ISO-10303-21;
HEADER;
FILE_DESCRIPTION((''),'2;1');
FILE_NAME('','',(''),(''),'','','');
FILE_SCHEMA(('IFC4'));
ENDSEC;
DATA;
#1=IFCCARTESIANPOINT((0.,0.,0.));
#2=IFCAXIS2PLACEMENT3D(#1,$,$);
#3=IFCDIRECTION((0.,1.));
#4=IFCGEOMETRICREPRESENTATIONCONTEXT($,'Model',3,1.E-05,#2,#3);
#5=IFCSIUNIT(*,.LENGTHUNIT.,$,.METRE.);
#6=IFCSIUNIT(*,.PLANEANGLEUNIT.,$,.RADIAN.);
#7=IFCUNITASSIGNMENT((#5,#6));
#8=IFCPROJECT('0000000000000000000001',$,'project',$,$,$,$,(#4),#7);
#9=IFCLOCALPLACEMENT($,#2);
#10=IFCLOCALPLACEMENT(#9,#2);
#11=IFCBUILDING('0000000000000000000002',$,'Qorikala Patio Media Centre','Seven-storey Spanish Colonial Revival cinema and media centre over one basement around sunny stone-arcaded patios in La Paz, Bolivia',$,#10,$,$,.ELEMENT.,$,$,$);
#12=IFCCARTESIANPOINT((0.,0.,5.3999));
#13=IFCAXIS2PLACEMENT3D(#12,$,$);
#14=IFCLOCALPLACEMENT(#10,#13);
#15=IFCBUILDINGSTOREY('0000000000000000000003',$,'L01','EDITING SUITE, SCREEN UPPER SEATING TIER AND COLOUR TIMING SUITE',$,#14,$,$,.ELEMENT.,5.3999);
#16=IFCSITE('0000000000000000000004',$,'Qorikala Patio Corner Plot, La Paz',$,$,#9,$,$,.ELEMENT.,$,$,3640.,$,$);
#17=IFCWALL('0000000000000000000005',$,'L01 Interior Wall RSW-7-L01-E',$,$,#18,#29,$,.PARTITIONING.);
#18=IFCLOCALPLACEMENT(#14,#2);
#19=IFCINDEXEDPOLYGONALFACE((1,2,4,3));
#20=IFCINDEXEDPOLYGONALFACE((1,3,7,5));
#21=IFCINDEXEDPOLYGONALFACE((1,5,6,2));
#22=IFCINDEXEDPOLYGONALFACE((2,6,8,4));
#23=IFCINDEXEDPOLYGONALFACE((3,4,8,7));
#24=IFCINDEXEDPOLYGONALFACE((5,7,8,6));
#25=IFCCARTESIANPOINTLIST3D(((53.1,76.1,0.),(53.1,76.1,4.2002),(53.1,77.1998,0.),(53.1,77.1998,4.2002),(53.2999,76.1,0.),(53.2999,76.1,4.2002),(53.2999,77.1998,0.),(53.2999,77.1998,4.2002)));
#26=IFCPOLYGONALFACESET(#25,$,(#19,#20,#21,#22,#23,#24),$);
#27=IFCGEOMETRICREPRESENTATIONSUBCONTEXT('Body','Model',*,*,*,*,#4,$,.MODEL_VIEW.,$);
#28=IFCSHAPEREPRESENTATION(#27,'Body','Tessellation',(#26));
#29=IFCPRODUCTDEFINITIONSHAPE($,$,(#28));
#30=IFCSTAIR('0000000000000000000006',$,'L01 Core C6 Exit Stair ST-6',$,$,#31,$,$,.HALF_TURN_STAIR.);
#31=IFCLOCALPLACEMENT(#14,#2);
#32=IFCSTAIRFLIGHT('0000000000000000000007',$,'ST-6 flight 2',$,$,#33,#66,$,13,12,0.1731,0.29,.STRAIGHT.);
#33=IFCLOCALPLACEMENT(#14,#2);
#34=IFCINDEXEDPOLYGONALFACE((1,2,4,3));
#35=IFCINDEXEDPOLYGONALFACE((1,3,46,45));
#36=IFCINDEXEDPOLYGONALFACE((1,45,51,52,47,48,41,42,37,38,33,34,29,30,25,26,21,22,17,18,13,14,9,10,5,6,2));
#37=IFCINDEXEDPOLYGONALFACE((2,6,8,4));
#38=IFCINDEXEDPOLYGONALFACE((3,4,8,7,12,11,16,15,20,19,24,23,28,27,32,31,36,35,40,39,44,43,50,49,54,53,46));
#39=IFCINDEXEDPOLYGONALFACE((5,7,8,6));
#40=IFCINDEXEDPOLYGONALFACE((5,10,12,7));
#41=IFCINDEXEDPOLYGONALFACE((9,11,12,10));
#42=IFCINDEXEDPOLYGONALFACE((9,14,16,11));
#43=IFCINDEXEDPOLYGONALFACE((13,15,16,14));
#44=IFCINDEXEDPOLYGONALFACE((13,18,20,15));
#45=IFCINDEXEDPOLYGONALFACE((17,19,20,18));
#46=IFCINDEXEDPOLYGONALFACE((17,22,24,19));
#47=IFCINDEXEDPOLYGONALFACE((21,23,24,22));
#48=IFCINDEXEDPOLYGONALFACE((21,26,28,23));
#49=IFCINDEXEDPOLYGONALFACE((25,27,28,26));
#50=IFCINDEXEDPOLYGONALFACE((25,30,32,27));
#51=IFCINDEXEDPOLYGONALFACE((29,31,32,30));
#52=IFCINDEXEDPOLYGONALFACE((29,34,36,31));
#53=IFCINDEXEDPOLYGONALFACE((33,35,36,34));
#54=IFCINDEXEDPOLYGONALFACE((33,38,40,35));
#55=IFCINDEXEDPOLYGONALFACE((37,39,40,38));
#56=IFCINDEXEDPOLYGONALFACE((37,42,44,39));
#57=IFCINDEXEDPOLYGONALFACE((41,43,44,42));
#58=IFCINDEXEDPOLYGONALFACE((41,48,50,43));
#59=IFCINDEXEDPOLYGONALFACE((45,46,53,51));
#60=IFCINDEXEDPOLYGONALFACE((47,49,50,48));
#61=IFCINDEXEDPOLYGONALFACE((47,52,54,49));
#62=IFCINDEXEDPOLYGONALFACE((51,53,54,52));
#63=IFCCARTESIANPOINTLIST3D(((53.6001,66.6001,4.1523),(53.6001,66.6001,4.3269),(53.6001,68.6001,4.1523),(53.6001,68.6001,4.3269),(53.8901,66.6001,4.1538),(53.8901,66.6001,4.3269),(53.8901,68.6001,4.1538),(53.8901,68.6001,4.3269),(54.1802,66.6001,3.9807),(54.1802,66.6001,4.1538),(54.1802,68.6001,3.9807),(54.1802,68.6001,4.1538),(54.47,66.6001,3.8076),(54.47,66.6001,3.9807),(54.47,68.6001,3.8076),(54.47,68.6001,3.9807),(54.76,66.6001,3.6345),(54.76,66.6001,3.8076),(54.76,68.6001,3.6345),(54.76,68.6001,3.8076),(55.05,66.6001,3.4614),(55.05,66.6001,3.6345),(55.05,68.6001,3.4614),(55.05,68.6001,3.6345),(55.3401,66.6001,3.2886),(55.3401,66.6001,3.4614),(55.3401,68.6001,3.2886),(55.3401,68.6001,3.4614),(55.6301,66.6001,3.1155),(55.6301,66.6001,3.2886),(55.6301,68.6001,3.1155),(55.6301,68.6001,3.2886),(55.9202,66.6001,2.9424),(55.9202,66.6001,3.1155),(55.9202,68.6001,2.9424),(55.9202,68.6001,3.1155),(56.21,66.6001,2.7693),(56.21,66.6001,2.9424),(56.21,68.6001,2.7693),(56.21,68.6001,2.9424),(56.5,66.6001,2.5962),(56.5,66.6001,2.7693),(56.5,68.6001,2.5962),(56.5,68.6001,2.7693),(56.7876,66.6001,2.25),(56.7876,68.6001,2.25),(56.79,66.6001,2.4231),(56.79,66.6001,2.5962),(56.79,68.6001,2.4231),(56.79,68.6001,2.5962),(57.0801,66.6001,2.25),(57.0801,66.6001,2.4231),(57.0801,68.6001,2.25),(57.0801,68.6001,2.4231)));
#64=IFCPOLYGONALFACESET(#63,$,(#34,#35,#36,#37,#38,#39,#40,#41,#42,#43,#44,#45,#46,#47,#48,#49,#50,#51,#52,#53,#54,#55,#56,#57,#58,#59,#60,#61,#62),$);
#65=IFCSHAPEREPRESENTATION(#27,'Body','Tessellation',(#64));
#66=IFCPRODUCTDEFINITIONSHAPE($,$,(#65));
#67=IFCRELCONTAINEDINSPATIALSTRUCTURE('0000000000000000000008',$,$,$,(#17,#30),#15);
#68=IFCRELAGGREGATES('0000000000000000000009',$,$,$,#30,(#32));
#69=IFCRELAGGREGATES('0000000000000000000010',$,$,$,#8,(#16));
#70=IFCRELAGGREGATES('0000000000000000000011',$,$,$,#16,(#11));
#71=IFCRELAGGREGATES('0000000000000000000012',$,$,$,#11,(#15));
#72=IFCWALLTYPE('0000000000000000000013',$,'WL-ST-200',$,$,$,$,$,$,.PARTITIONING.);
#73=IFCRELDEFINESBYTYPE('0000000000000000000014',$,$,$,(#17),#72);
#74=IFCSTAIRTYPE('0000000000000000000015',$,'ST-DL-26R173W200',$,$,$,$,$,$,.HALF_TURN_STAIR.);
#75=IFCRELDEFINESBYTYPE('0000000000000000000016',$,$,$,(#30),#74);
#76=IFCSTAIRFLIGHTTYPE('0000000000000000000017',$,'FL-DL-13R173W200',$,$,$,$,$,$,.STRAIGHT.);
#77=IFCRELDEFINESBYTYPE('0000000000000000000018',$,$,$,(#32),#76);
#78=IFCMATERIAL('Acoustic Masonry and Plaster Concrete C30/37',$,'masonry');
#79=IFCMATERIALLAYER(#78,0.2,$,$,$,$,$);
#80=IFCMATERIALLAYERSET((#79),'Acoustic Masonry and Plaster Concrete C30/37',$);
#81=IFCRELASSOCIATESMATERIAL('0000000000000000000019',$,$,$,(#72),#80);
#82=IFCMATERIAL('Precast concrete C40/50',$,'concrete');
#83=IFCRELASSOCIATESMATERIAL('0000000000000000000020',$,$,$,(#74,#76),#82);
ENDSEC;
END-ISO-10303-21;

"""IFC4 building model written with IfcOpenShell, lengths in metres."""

from ifc_helpers import new_model, si_unit, direction, frame, frame_2d, origin, place, context, subcontext, project, spatial, polyline, rectangle, outline, extrude, material, layer, layer_set, type_object, element, aggregate, save


model = new_model("IFC4")

# Units and contexts
model_context = context("Model", 3, precision=1e-05, world=origin(), true_north=direction((0.0, 1.0)))
body_context = subcontext(model_context, "Body", "Model", "MODEL_VIEW")
ifc_project = project(units=[si_unit("LENGTHUNIT", "METRE"), si_unit("PLANEANGLEUNIT", "RADIAN")], contexts=[model_context])

# Site, building, storey
site_placement = place(None, origin())
site = spatial("IfcSite", under=ifc_project, at=site_placement, Name="Qorikala Patio Corner Plot, La Paz", CompositionType="ELEMENT", RefElevation=3640.0)
building_placement = place(site_placement, origin())
building = spatial("IfcBuilding", under=site, at=building_placement, Name="Qorikala Patio Media Centre", Description="Seven-storey Spanish Colonial Revival cinema and media centre over one basement around sunny stone-arcaded patios in La Paz, Bolivia", CompositionType="ELEMENT")
storey_placement = place(building_placement, frame((0.0, 0.0, 5.3999)))
storey = spatial("IfcBuildingStorey", under=building, at=storey_placement, Name="L01", Description="EDITING SUITE, SCREEN UPPER SEATING TIER AND COLOUR TIMING SUITE", CompositionType="ELEMENT", Elevation=5.3999)

# Wall
ifc_material_1 = material(Name="Acoustic Masonry and Plaster Concrete C30/37", Category="masonry")
ifc_layer_1 = layer(ifc_material_1, 0.2)
ifc_layer_set_1 = layer_set([ifc_layer_1], Name="Acoustic Masonry and Plaster Concrete C30/37")
wall_type_1 = type_object("IfcWallType", Name="WL-ST-200", PredefinedType="PARTITIONING", material=ifc_layer_set_1)
for number, where, z_axis, x_axis, name in (
    (1, (53.2, 76.1001, 0.0), (0.0, 0.0, 1.0), (0.0, 1.0, 0.0), "L01 Interior Wall RSW-7-L01-E"),
):
    element("IfcWall", number, at=place(storey_placement, frame(where, z_axis=z_axis, x_axis=x_axis)), inside=storey, type_object=wall_type_1, Name=name, PredefinedType="PARTITIONING", context=body_context, shape_type="SweptSolid", body=[
        extrude(rectangle(XDim=1.0999, YDim=0.2, at=frame_2d((0.5498, 0.0))), origin(), (0.0, 0.0, 1.0), 4.2002),
    ])

# Stair, stair flight
ifc_material_2 = material(Name="Precast concrete C40/50", Category="concrete")
stair_type = type_object("IfcStairType", Name="ST-DL-26R173W200", PredefinedType="HALF_TURN_STAIR", material=ifc_material_2)
stair_placement = place(storey_placement, origin())
stair = element("IfcStair", 2, at=stair_placement, inside=storey, type_object=stair_type, Name="L01 Core C6 Exit Stair ST-6", PredefinedType="HALF_TURN_STAIR")
stair_flight_type = type_object("IfcStairFlightType", Name="FL-DL-13R173W200", PredefinedType="STRAIGHT", material=ifc_material_2)
stair_flight_placement = place(storey_placement, frame((57.0801, 67.6001, 2.25), z_axis=(0.0, 0.0, 1.0), x_axis=(-1.0, 0.0, 0.0)))
stair_flight = element("IfcStairFlight", 3, at=stair_flight_placement, type_object=stair_flight_type, Name="ST-6 flight 2", NumberOfRisers=13, NumberOfTreads=12, PredefinedType="STRAIGHT", RiserHeight=0.1731, TreadLength=0.29, context=body_context, shape_type="SweptSolid", body=[
    extrude(outline(polyline([(0.0, 0.0), (0.0, 0.1731), (0.29, 0.1731), (0.29, 0.3462), (0.5801, 0.3462), (0.5801, 0.5193), (0.8701, 0.5193), (0.8701, 0.6924), (1.1599, 0.6924), (1.1599, 0.8655), (1.45, 0.8655), (1.45, 1.0386), (1.74, 1.0386), (1.74, 1.2114), (2.03, 1.2114), (2.03, 1.3845), (2.3201, 1.3845), (2.3201, 1.5576), (2.6101, 1.5576), (2.6101, 1.7307), (2.8999, 1.7307), (2.8999, 1.9038), (3.1899, 1.9038), (3.1899, 2.0769), (3.48, 2.0769), (3.48, 2.25), (3.48, 1.9023), (0.2925, 0.0), (0.0, 0.0)])), frame((0.0, 1.0, 0.0), z_axis=(0.0, -1.0, 0.0), x_axis=(1.0, 0.0, 0.0)), (0.0, 0.0, 1.0), 2.0),
])
aggregate(stair, [stair_flight])

save(model, "model.ifc")
